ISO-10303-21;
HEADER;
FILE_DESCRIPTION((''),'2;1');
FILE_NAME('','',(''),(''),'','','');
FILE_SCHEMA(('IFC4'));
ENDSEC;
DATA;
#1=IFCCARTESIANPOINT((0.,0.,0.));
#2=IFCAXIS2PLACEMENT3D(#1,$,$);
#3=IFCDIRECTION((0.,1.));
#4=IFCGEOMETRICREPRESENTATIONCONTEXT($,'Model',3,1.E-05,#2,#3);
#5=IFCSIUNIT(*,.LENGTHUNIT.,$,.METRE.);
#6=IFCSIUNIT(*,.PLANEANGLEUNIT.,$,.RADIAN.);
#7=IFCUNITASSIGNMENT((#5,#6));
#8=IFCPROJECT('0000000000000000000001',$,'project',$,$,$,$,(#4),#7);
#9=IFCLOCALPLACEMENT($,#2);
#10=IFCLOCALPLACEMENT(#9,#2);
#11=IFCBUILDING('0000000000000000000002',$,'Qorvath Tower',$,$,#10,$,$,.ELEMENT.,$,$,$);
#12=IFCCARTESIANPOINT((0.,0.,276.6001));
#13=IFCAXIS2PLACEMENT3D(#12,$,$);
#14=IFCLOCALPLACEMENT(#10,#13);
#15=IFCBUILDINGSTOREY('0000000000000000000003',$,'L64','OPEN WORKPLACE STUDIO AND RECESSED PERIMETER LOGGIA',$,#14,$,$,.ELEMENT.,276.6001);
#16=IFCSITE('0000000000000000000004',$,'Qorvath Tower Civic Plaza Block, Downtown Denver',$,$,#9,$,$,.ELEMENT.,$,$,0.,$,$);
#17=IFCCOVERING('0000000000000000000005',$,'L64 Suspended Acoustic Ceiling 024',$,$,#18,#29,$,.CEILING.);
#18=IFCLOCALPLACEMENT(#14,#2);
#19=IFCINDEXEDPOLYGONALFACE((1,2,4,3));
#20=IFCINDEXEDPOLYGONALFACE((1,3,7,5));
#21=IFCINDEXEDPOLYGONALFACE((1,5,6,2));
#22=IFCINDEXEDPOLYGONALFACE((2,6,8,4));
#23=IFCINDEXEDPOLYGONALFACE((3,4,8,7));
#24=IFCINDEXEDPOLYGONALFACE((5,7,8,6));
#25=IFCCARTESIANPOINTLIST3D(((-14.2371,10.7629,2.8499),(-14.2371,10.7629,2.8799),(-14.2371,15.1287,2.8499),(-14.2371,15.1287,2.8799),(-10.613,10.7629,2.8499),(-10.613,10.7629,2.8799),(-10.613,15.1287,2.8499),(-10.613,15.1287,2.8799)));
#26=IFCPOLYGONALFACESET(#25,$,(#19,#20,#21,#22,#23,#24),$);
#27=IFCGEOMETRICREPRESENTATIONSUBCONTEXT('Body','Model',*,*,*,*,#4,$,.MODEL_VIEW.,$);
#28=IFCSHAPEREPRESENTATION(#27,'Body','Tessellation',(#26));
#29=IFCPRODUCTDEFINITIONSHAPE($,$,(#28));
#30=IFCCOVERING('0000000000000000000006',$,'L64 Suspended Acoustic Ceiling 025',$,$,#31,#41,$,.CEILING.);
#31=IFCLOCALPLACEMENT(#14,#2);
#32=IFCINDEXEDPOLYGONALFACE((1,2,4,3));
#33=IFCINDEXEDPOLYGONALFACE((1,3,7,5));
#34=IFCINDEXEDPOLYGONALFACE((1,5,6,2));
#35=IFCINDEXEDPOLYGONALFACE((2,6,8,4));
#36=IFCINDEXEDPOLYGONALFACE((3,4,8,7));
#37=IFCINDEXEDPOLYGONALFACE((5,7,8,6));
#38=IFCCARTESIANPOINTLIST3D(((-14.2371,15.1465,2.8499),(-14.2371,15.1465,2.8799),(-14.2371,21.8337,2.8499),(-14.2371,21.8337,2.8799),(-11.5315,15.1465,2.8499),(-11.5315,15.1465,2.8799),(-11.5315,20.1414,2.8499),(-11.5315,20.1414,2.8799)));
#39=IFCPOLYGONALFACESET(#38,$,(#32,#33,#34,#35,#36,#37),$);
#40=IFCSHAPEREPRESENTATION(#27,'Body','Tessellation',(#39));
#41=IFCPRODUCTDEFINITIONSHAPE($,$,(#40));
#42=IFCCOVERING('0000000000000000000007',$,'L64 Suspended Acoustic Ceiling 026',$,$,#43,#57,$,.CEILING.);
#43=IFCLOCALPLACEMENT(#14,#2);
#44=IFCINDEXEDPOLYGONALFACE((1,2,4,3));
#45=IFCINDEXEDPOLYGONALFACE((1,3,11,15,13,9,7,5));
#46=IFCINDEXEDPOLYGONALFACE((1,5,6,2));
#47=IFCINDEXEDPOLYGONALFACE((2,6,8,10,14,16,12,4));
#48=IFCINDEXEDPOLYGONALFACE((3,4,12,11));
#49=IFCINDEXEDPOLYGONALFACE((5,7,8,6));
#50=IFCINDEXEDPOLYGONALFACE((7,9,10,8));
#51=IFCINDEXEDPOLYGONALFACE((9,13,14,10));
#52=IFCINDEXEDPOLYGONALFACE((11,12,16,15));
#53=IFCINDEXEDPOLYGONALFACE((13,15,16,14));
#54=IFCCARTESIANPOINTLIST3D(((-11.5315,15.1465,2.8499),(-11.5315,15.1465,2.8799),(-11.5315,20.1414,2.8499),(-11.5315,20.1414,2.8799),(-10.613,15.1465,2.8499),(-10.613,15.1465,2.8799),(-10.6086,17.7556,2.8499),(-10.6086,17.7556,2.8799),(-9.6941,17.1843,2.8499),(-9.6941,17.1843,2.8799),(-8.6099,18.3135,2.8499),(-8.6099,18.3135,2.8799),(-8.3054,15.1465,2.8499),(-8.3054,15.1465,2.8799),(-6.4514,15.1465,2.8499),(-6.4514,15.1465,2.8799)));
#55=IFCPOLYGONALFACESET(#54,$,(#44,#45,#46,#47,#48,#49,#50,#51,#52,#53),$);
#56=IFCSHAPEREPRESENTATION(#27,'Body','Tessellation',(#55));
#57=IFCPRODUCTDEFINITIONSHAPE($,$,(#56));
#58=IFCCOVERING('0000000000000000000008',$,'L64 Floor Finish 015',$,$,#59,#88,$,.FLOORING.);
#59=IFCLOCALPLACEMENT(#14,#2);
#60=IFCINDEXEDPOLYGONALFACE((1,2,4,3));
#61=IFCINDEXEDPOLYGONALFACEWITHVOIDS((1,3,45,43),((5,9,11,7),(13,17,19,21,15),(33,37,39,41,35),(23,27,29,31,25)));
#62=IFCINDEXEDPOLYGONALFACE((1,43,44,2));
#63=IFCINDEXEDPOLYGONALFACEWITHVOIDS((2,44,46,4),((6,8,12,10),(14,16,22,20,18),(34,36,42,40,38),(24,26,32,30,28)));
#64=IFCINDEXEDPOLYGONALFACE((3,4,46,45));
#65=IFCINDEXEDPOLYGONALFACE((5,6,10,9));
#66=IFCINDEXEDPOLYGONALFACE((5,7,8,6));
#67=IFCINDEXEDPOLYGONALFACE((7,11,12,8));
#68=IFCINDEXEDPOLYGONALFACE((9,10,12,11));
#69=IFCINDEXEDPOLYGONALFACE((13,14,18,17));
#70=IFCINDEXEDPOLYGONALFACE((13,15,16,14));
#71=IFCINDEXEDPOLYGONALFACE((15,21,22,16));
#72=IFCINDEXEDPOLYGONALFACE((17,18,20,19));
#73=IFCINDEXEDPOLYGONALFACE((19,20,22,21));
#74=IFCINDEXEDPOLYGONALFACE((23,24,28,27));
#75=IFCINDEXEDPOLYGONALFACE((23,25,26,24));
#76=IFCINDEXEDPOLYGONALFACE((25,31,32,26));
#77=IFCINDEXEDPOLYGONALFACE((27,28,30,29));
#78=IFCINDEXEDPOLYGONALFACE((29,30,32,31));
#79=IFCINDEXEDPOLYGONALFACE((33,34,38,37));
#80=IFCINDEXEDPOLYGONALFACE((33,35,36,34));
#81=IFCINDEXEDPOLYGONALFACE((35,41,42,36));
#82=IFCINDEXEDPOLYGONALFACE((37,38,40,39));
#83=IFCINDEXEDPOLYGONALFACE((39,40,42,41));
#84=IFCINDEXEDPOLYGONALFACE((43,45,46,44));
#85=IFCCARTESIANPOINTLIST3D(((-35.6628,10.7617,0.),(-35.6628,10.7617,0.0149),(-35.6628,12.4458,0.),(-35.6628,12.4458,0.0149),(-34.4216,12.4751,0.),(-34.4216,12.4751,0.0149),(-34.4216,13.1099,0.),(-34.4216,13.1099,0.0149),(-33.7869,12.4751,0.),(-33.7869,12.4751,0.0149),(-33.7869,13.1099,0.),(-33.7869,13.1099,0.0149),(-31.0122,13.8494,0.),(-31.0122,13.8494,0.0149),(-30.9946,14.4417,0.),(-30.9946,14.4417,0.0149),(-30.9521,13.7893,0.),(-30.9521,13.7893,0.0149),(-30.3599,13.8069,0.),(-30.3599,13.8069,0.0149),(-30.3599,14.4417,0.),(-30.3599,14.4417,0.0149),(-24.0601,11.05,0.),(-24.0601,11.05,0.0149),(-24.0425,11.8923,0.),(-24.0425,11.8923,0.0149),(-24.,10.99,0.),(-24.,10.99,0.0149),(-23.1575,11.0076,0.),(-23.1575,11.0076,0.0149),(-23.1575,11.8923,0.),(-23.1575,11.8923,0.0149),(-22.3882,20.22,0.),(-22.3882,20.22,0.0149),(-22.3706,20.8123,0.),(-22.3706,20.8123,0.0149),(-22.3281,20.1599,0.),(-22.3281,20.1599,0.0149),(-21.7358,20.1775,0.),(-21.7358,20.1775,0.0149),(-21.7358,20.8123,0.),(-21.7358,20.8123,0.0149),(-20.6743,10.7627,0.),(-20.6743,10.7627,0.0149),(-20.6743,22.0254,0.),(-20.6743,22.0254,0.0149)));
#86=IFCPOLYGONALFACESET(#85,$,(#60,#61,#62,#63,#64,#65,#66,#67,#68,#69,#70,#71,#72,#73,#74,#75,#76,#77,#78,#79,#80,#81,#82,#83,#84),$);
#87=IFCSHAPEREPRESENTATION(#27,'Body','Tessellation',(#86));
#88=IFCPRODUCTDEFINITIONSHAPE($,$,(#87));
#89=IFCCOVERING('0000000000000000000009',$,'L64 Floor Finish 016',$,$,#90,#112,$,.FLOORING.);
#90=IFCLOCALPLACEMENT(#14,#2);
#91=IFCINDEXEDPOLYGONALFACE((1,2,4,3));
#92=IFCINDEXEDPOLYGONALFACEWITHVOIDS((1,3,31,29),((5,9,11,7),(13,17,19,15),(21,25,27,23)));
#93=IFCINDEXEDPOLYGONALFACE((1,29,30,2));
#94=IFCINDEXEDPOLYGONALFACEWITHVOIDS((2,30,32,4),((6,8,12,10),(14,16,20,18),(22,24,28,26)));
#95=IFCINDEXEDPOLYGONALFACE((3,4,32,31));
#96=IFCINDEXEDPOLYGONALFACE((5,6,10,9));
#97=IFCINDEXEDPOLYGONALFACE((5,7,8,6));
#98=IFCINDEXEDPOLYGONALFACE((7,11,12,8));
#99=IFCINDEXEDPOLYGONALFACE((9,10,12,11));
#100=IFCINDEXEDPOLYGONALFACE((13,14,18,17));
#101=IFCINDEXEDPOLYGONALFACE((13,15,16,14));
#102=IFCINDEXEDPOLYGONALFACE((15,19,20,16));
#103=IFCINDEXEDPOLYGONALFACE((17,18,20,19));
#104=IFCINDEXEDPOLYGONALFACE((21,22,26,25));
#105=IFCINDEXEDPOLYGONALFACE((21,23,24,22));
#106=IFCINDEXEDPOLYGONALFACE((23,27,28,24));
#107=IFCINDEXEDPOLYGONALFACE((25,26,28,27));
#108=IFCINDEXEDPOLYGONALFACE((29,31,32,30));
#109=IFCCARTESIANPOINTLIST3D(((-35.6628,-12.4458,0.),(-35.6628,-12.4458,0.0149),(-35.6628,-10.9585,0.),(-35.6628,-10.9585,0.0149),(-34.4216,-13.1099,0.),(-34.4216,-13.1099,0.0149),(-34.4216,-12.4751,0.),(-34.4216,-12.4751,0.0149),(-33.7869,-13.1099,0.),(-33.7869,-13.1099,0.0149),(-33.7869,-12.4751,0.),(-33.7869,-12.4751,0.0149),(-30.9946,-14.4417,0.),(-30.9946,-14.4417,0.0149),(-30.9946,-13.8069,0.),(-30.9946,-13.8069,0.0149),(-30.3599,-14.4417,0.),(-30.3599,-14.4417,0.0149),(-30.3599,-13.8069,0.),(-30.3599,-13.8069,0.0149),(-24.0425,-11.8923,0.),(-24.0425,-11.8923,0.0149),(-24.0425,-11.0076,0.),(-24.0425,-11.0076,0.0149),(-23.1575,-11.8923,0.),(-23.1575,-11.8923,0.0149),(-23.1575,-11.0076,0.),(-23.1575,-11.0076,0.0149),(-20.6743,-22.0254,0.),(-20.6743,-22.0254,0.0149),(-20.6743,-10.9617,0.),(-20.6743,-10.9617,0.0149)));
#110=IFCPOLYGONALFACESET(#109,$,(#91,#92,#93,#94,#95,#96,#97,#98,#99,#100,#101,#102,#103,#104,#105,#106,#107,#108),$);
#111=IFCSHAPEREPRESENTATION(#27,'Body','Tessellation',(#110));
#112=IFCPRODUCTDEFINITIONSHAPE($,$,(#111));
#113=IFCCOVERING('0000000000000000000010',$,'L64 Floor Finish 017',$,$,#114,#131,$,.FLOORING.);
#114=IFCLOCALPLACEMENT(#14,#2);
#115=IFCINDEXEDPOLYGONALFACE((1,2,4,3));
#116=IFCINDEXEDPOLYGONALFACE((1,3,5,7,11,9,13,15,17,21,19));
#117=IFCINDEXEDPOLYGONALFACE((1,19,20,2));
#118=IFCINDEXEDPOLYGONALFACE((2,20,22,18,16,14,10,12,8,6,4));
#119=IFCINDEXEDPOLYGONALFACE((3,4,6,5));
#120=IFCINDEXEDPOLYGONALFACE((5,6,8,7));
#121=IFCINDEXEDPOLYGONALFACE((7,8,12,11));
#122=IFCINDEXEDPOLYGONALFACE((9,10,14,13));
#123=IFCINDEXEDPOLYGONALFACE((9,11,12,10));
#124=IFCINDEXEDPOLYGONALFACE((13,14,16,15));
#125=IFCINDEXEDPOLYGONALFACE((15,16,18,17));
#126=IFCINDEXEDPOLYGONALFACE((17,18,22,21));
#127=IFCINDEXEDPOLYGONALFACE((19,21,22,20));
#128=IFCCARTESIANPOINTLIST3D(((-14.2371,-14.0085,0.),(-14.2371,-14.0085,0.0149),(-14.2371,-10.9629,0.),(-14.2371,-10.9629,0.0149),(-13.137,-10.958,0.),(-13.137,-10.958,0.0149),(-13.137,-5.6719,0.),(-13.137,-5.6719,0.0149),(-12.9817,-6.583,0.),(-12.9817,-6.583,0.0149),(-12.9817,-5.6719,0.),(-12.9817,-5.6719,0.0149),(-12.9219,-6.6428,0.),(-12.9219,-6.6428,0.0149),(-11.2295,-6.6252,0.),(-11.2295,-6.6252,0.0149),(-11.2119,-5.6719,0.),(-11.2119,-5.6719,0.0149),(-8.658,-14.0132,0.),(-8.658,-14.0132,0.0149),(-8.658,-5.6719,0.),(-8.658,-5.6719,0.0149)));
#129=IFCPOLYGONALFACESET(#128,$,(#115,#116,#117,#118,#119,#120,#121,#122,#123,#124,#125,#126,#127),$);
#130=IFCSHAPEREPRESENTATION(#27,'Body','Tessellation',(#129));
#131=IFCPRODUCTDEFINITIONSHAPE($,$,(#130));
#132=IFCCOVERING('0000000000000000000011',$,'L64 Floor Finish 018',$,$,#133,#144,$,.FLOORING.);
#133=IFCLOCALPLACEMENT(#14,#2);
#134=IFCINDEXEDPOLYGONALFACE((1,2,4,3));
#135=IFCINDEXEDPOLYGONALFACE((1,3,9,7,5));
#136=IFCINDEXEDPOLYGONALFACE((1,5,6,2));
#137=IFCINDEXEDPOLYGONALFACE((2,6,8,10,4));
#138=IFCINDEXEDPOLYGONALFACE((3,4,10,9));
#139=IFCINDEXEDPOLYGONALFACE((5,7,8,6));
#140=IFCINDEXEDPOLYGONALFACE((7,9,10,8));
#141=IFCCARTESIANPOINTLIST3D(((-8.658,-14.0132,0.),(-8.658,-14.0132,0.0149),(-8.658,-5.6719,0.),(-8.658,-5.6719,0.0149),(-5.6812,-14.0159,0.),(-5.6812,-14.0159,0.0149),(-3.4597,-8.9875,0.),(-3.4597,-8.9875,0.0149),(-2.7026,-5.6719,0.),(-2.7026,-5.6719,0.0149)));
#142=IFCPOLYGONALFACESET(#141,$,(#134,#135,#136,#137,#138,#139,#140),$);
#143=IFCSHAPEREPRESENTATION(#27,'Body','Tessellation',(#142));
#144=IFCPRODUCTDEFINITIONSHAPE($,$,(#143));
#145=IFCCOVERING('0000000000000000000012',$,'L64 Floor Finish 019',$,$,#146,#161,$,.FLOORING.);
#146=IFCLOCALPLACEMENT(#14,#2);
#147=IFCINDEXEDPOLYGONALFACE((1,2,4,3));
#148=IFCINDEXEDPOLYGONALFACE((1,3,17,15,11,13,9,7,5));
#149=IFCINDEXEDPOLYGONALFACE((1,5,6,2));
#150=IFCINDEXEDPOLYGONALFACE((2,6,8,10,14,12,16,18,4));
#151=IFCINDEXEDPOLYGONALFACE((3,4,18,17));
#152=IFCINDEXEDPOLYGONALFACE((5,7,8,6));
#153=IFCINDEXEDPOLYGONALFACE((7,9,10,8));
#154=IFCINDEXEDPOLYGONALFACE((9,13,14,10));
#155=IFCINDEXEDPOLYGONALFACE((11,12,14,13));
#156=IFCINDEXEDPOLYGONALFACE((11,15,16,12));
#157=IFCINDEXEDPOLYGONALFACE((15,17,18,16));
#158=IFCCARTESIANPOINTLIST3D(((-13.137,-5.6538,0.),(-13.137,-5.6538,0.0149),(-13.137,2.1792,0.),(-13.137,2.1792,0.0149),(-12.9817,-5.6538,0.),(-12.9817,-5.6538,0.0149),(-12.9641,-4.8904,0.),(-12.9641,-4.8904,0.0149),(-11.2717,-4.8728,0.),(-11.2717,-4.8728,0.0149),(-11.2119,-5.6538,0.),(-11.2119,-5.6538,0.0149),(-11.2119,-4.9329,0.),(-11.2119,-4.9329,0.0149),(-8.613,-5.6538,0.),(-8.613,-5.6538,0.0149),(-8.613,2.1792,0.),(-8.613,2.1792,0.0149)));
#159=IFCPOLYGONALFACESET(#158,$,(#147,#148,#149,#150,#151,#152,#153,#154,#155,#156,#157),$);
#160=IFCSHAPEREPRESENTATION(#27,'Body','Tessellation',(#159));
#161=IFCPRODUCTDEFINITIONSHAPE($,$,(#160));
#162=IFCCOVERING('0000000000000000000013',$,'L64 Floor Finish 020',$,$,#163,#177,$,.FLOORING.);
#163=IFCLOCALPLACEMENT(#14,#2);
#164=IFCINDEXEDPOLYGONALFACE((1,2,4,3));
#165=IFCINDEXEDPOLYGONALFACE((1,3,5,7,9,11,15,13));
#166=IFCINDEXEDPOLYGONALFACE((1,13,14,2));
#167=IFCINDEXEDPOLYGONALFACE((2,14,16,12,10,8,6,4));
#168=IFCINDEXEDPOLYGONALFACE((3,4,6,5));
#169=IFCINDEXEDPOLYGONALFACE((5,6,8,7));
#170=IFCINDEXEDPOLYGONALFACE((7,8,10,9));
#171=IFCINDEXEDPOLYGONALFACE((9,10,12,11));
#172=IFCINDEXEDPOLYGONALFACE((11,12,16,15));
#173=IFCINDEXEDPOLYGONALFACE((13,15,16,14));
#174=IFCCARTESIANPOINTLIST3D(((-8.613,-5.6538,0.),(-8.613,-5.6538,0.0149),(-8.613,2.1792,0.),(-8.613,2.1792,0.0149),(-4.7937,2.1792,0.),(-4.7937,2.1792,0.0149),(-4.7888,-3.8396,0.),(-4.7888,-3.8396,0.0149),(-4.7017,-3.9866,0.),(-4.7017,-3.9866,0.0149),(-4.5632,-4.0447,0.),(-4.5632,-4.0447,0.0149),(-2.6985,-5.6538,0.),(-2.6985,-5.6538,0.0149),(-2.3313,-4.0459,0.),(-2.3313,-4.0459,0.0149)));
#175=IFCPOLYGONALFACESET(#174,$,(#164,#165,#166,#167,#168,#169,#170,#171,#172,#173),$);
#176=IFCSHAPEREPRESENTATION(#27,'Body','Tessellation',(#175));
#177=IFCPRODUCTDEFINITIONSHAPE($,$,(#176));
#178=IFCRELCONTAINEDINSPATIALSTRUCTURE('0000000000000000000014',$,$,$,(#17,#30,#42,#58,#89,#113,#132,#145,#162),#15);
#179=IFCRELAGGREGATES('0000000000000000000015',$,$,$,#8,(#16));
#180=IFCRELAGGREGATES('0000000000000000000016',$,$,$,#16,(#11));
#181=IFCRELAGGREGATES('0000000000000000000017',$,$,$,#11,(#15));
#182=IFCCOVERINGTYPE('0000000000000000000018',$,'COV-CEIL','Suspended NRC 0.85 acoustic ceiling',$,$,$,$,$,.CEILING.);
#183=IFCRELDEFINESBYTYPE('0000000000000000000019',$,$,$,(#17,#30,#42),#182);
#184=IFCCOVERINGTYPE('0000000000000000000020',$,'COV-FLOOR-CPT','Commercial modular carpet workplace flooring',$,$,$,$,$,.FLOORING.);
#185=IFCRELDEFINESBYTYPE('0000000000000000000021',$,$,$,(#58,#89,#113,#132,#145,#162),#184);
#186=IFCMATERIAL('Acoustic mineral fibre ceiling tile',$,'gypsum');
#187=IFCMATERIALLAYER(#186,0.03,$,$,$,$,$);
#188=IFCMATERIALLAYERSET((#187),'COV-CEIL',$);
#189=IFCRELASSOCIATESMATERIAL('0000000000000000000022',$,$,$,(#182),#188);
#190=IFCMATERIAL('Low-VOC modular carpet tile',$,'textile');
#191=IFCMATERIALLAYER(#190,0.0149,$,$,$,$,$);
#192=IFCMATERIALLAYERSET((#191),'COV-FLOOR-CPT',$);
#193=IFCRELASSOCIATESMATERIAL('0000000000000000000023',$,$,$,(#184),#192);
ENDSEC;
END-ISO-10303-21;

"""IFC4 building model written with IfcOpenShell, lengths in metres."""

from ifc_helpers import new_model, si_unit, direction, frame, origin, place, context, subcontext, project, spatial, polyline, outline, extrude, material, layer, layer_set, type_object, element, save


model = new_model("IFC4")

# Units and contexts
model_context = context("Model", 3, precision=1e-05, world=origin(), true_north=direction((0.0, 1.0)))
body_context = subcontext(model_context, "Body", "Model", "MODEL_VIEW")
ifc_project = project(units=[si_unit("LENGTHUNIT", "METRE"), si_unit("PLANEANGLEUNIT", "RADIAN")], contexts=[model_context])

# Site, building, storey
site_placement = place(None, origin())
site = spatial("IfcSite", under=ifc_project, at=site_placement, Name="Qorvath Tower Civic Plaza Block, Downtown Denver", CompositionType="ELEMENT", RefElevation=0.0)
building_placement = place(site_placement, origin())
building = spatial("IfcBuilding", under=site, at=building_placement, Name="Qorvath Tower", CompositionType="ELEMENT")
storey_placement = place(building_placement, frame((0.0, 0.0, 276.6001)))
storey = spatial("IfcBuildingStorey", under=building, at=storey_placement, Name="L64", Description="OPEN WORKPLACE STUDIO AND RECESSED PERIMETER LOGGIA", CompositionType="ELEMENT", Elevation=276.6001)

# Coverings
ifc_material_1 = material(Name="Acoustic mineral fibre ceiling tile", Category="gypsum")
ifc_layer_1 = layer(ifc_material_1, 0.03)
ifc_layer_set_1 = layer_set([ifc_layer_1], Name="COV-CEIL")
covering_type_1 = type_object("IfcCoveringType", Name="COV-CEIL", Description="Suspended NRC 0.85 acoustic ceiling", PredefinedType="CEILING", material=ifc_layer_set_1)
covering_1_placement = place(storey_placement, frame((0.0, 0.0, 2.8499)))
element("IfcCovering", 1, at=covering_1_placement, inside=storey, type_object=covering_type_1, Name="L64 Suspended Acoustic Ceiling 024", PredefinedType="CEILING", context=body_context, shape_type="SweptSolid", body=[
    extrude(outline(polyline([(-10.613, 10.7629), (-10.613, 15.1287), (-14.2371, 15.1287), (-14.2371, 10.7629), (-10.613, 10.7629)])), origin(), (0.0, 0.0, 1.0), 0.03),
])
covering_2_placement = place(storey_placement, frame((0.0, 0.0, 2.8499)))
element("IfcCovering", 2, at=covering_2_placement, inside=storey, type_object=covering_type_1, Name="L64 Suspended Acoustic Ceiling 025", PredefinedType="CEILING", context=body_context, shape_type="SweptSolid", body=[
    extrude(outline(polyline([(-11.5315, 15.1465), (-11.5315, 20.1414), (-14.2371, 21.8337), (-14.2371, 15.1465), (-11.5315, 15.1465)])), origin(), (0.0, 0.0, 1.0), 0.03),
])
covering_3_placement = place(storey_placement, frame((0.0, 0.0, 2.8499)))
element("IfcCovering", 3, at=covering_3_placement, inside=storey, type_object=covering_type_1, Name="L64 Suspended Acoustic Ceiling 026", PredefinedType="CEILING", context=body_context, shape_type="SweptSolid", body=[
    extrude(outline(polyline([(-8.3054, 15.1465), (-6.4514, 15.1465), (-8.6099, 18.3135), (-11.5315, 20.1414), (-11.5315, 15.1465), (-10.613, 15.1465), (-10.6086, 17.7556), (-9.6941, 17.1843), (-8.3054, 15.1465)])), origin(), (0.0, 0.0, 1.0), 0.03),
])
ifc_material_2 = material(Name="Low-VOC modular carpet tile", Category="textile")
ifc_layer_2 = layer(ifc_material_2, 0.0149)
ifc_layer_set_2 = layer_set([ifc_layer_2], Name="COV-FLOOR-CPT")
covering_type_2 = type_object("IfcCoveringType", Name="COV-FLOOR-CPT", Description="Commercial modular carpet workplace flooring", PredefinedType="FLOORING", material=ifc_layer_set_2)
covering_4_placement = place(storey_placement, origin())
element("IfcCovering", 4, at=covering_4_placement, inside=storey, type_object=covering_type_2, Name="L64 Floor Finish 015", PredefinedType="FLOORING", context=body_context, shape_type="SweptSolid", body=[
    extrude(outline(polyline([(-35.6628, 12.4458), (-35.6628, 10.7617), (-20.6743, 10.7627), (-20.6743, 22.0254), (-35.6628, 12.4458)]), holes=[polyline([(-22.3882, 20.22), (-22.3706, 20.8123), (-21.7358, 20.8123), (-21.7358, 20.1775), (-22.3281, 20.1599), (-22.3882, 20.22)]), polyline([(-24.0601, 11.05), (-24.0425, 11.8923), (-23.1575, 11.8923), (-23.1575, 11.0076), (-24.0, 10.99), (-24.0601, 11.05)]), polyline([(-31.0122, 13.8494), (-30.9946, 14.4417), (-30.3599, 14.4417), (-30.3599, 13.8069), (-30.9521, 13.7893), (-31.0122, 13.8494)]), polyline([(-34.4216, 12.4751), (-34.4216, 13.1099), (-33.7869, 13.1099), (-33.7869, 12.4751), (-34.4216, 12.4751)])]), origin(), (0.0, 0.0, 1.0), 0.0149),
])
covering_5_placement = place(storey_placement, origin())
element("IfcCovering", 5, at=covering_5_placement, inside=storey, type_object=covering_type_2, Name="L64 Floor Finish 016", PredefinedType="FLOORING", context=body_context, shape_type="SweptSolid", body=[
    extrude(outline(polyline([(-35.6628, -10.9585), (-35.6628, -12.4458), (-20.6743, -22.0254), (-20.6743, -10.9617), (-35.6628, -10.9585)]), holes=[polyline([(-24.0425, -11.8923), (-24.0425, -11.0076), (-23.1575, -11.0076), (-23.1575, -11.8923), (-24.0425, -11.8923)]), polyline([(-30.9946, -14.4417), (-30.9946, -13.8069), (-30.3599, -13.8069), (-30.3599, -14.4417), (-30.9946, -14.4417)]), polyline([(-34.4216, -13.1099), (-34.4216, -12.4751), (-33.7869, -12.4751), (-33.7869, -13.1099), (-34.4216, -13.1099)])]), origin(), (0.0, 0.0, 1.0), 0.0149),
])
covering_6_placement = place(storey_placement, origin())
element("IfcCovering", 6, at=covering_6_placement, inside=storey, type_object=covering_type_2, Name="L64 Floor Finish 017", PredefinedType="FLOORING", context=body_context, shape_type="SweptSolid", body=[
    extrude(outline(polyline([(-14.2371, -14.0085), (-8.658, -14.0132), (-8.658, -5.6719), (-11.2119, -5.6719), (-11.2295, -6.6252), (-12.9219, -6.6428), (-12.9817, -6.583), (-12.9817, -5.6719), (-13.137, -5.6719), (-13.137, -10.958), (-14.2371, -10.9629), (-14.2371, -14.0085)])), origin(), (0.0, 0.0, 1.0), 0.0149),
])
covering_7_placement = place(storey_placement, origin())
element("IfcCovering", 7, at=covering_7_placement, inside=storey, type_object=covering_type_2, Name="L64 Floor Finish 018", PredefinedType="FLOORING", context=body_context, shape_type="SweptSolid", body=[
    extrude(outline(polyline([(-8.658, -5.6719), (-8.658, -14.0132), (-5.6812, -14.0159), (-3.4597, -8.9875), (-2.7026, -5.6719), (-8.658, -5.6719)])), origin(), (0.0, 0.0, 1.0), 0.0149),
])
covering_8_placement = place(storey_placement, origin())
element("IfcCovering", 8, at=covering_8_placement, inside=storey, type_object=covering_type_2, Name="L64 Floor Finish 019", PredefinedType="FLOORING", context=body_context, shape_type="SweptSolid", body=[
    extrude(outline(polyline([(-8.613, -5.6538), (-8.613, 2.1792), (-13.137, 2.1792), (-13.137, -5.6538), (-12.9817, -5.6538), (-12.9641, -4.8904), (-11.2717, -4.8728), (-11.2119, -4.9329), (-11.2119, -5.6538), (-8.613, -5.6538)])), origin(), (0.0, 0.0, 1.0), 0.0149),
])
covering_9_placement = place(storey_placement, origin())
element("IfcCovering", 9, at=covering_9_placement, inside=storey, type_object=covering_type_2, Name="L64 Floor Finish 020", PredefinedType="FLOORING", context=body_context, shape_type="SweptSolid", body=[
    extrude(outline(polyline([(-4.7017, -3.9866), (-4.7888, -3.8396), (-4.7937, 2.1792), (-8.613, 2.1792), (-8.613, -5.6538), (-2.6985, -5.6538), (-2.3313, -4.0459), (-4.5632, -4.0447), (-4.7017, -3.9866)])), origin(), (0.0, 0.0, 1.0), 0.0149),
])

save(model, "model.ifc")
